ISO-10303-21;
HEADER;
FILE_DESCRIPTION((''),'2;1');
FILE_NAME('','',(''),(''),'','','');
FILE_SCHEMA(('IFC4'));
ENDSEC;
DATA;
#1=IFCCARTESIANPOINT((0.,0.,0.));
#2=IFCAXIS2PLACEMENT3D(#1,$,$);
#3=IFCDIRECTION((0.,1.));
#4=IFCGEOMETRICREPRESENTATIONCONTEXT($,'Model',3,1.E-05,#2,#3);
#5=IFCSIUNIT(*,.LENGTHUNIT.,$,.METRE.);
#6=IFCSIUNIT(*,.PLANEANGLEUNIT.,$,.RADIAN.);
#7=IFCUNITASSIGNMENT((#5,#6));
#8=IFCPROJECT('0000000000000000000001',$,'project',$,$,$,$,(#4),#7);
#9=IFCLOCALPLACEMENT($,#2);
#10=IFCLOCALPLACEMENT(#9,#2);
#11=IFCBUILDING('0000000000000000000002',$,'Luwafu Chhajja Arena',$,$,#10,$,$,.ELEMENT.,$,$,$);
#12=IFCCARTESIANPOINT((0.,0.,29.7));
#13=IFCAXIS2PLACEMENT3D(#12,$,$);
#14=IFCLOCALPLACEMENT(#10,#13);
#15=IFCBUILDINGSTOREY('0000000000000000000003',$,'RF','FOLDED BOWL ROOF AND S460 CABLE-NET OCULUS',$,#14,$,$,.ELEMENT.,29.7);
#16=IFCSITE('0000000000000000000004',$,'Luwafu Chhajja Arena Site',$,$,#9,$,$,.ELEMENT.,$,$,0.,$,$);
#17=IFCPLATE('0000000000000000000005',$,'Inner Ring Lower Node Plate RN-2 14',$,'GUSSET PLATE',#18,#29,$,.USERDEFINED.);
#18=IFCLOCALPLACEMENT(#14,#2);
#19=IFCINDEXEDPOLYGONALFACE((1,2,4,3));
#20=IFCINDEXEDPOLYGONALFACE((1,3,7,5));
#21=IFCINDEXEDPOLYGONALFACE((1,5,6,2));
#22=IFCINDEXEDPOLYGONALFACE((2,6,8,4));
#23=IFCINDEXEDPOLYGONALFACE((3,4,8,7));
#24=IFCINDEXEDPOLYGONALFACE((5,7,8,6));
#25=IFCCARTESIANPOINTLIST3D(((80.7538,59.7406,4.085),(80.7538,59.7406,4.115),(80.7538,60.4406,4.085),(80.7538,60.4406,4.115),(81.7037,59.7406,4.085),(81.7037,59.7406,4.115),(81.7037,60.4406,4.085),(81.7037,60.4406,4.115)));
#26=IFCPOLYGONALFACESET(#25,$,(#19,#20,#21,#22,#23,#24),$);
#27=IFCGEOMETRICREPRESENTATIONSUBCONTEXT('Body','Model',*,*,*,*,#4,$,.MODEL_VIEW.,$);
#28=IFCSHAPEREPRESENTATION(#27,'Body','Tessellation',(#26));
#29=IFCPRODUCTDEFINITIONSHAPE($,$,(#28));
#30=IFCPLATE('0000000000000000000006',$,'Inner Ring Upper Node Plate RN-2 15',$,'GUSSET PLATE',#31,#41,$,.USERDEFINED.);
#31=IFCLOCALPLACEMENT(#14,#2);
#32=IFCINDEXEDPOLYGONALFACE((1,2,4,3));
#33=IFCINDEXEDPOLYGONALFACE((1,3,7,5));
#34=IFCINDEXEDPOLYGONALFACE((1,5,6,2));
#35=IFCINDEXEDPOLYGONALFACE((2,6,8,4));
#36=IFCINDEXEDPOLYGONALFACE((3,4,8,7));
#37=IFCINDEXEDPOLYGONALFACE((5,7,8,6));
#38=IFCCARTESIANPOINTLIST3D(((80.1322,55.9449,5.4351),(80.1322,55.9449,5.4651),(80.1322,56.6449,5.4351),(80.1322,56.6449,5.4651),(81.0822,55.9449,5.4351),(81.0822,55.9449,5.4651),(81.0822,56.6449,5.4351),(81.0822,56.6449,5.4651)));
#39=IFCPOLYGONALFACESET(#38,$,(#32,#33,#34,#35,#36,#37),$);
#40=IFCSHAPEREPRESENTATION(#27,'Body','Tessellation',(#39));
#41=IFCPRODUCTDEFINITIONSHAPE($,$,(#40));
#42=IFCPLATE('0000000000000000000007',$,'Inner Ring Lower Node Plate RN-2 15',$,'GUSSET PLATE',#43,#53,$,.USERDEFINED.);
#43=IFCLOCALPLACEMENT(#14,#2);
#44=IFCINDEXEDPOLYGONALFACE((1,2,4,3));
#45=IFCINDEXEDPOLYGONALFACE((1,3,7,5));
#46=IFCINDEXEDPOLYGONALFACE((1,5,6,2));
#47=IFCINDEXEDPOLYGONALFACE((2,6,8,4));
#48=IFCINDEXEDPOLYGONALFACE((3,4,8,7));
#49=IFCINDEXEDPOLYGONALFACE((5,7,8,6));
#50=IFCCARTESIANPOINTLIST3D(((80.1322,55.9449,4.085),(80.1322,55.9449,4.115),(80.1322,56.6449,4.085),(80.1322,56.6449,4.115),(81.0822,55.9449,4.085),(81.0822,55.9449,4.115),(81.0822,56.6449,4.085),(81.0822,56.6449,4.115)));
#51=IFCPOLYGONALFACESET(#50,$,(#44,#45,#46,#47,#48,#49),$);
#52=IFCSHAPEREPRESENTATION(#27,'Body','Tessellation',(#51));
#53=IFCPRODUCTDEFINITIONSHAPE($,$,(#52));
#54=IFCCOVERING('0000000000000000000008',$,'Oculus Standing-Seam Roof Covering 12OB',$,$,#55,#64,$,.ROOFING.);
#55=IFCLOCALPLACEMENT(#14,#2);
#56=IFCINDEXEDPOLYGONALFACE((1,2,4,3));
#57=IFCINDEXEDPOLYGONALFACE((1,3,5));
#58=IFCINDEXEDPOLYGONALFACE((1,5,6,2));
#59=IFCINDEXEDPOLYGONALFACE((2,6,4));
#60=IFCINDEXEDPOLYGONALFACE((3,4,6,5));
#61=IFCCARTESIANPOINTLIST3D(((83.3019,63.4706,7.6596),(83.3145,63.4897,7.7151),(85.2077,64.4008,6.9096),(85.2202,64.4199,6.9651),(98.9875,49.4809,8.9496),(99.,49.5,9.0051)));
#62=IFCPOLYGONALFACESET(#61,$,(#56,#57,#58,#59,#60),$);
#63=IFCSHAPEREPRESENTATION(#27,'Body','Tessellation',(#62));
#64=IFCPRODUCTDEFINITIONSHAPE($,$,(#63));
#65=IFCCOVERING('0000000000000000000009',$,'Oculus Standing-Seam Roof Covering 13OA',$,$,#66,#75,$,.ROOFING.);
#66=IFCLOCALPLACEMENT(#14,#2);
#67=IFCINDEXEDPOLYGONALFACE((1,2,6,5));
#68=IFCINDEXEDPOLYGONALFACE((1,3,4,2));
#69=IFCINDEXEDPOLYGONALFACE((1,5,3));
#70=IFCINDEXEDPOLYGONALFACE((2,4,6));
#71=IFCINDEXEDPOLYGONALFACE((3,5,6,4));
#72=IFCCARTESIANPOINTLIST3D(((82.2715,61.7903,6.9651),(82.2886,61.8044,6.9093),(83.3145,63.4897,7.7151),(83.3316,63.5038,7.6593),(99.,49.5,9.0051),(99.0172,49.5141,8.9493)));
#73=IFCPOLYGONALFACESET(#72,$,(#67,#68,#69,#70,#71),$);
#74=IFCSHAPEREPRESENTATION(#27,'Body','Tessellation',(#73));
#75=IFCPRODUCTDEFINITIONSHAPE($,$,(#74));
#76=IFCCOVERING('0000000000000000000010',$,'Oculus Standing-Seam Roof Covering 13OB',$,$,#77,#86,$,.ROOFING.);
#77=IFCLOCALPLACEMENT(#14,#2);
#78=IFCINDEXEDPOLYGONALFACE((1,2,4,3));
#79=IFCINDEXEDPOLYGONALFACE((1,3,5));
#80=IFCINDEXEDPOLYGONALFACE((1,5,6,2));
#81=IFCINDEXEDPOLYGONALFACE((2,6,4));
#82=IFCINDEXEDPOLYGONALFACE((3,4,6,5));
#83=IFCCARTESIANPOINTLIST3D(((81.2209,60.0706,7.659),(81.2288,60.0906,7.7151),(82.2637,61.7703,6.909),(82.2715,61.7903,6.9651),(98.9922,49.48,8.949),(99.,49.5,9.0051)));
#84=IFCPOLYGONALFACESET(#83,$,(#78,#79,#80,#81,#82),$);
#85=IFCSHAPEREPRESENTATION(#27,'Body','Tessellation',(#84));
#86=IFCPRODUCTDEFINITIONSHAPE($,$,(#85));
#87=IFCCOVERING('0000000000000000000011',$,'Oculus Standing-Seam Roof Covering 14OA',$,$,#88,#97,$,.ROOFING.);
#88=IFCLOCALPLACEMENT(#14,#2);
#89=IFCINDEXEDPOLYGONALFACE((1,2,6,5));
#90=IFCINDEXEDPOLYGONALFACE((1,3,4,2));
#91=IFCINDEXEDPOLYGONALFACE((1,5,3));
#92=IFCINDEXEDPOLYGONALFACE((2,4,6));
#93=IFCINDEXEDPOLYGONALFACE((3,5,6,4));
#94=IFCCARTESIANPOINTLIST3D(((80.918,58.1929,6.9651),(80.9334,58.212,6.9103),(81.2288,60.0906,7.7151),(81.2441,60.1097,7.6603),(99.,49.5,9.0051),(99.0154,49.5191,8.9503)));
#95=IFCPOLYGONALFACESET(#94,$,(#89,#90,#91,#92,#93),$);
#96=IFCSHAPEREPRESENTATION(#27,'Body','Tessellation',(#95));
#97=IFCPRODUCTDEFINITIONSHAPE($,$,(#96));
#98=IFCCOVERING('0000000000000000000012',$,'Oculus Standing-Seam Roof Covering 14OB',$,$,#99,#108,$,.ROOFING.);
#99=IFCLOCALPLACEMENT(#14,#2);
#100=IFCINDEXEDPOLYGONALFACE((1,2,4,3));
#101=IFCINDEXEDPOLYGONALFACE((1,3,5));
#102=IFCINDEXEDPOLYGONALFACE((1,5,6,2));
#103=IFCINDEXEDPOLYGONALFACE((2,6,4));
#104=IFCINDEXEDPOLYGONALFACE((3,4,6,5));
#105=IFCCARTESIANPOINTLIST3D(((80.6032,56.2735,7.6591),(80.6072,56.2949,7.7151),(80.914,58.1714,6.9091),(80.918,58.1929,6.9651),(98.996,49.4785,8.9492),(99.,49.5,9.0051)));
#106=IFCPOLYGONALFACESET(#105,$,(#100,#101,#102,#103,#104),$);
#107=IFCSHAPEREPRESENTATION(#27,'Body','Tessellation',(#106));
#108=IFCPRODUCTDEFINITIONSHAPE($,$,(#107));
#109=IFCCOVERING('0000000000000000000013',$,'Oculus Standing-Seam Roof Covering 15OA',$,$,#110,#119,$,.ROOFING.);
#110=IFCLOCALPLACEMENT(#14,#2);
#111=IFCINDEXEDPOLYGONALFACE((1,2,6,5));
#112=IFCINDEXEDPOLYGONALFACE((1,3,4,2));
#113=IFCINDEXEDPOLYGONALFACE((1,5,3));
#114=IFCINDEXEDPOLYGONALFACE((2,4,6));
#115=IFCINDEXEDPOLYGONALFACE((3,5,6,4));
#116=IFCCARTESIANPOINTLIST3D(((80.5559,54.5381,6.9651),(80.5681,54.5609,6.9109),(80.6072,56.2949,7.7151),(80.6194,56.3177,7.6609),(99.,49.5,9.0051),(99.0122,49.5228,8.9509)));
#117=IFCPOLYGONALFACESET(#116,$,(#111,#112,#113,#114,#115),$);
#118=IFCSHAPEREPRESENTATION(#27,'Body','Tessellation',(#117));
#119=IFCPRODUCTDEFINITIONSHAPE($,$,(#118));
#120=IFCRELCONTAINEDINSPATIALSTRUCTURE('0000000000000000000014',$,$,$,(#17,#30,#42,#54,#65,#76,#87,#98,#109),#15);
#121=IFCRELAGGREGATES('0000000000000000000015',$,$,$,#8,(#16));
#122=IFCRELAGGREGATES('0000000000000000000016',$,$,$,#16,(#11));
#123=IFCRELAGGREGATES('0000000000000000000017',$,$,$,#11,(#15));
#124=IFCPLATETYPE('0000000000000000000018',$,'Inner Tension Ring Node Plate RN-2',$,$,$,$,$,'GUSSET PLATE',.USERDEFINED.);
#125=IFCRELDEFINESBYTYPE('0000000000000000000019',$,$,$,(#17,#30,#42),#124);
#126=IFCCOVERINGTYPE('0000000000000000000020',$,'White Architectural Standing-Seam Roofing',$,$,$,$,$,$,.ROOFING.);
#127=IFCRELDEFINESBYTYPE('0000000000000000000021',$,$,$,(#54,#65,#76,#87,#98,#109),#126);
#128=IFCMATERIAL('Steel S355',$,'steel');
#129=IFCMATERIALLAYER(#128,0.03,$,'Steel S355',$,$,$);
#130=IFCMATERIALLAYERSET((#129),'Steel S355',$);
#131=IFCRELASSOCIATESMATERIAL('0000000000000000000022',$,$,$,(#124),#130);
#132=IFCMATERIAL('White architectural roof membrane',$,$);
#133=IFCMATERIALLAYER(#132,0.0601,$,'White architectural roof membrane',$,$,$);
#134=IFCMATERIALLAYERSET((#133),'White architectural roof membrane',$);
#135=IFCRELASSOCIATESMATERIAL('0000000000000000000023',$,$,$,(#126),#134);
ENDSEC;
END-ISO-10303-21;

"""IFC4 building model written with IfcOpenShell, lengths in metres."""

from ifc_helpers import new_model, si_unit, direction, frame, origin, origin_2d, place, context, subcontext, project, spatial, polyline, rectangle, outline, extrude, material, layer, layer_set, type_object, element, save


model = new_model("IFC4")

# Units and contexts
model_context = context("Model", 3, precision=1e-05, world=origin(), true_north=direction((0.0, 1.0)))
body_context = subcontext(model_context, "Body", "Model", "MODEL_VIEW")
ifc_project = project(units=[si_unit("LENGTHUNIT", "METRE"), si_unit("PLANEANGLEUNIT", "RADIAN")], contexts=[model_context])

# Site, building, storey
site_placement = place(None, origin())
site = spatial("IfcSite", under=ifc_project, at=site_placement, Name="Luwafu Chhajja Arena Site", CompositionType="ELEMENT", RefElevation=0.0)
building_placement = place(site_placement, origin())
building = spatial("IfcBuilding", under=site, at=building_placement, Name="Luwafu Chhajja Arena", CompositionType="ELEMENT")
storey_placement = place(building_placement, frame((0.0, 0.0, 29.7)))
storey = spatial("IfcBuildingStorey", under=building, at=storey_placement, Name="RF", Description="FOLDED BOWL ROOF AND S460 CABLE-NET OCULUS", CompositionType="ELEMENT", Elevation=29.7)

# Shared definitions
ifc_material_1 = material(Name="Steel S355", Category="steel")

# Plates
ifc_layer_1 = layer(ifc_material_1, 0.03, Name="Steel S355")
ifc_layer_set_1 = layer_set([ifc_layer_1], Name="Steel S355")
plate_type = type_object("IfcPlateType", Name="Inner Tension Ring Node Plate RN-2", ElementType="GUSSET PLATE", PredefinedType="USERDEFINED", material=ifc_layer_set_1)
for number, where, z_axis, x_axis, name in (
    (1, (81.2288, 60.0906, 4.085), (0.0, 0.0, 1.0), (1.0, 0.0, 0.0), "Inner Ring Lower Node Plate RN-2 14"),
    (2, (80.6072, 56.2949, 5.4351), (0.0, 0.0, 1.0), (1.0, 0.0, 0.0), "Inner Ring Upper Node Plate RN-2 15"),
    (3, (80.6072, 56.2949, 4.085), (0.0, 0.0, 1.0), (1.0, 0.0, 0.0), "Inner Ring Lower Node Plate RN-2 15"),
):
    element("IfcPlate", number, at=place(storey_placement, frame(where, z_axis=z_axis, x_axis=x_axis)), inside=storey, type_object=plate_type, Name=name, ObjectType="GUSSET PLATE", PredefinedType="USERDEFINED", context=body_context, shape_type="SweptSolid", body=[
        extrude(rectangle(XDim=0.95, YDim=0.7, at=origin_2d()), origin(), (0.0, 0.0, 1.0), 0.03),
    ])

# Coverings
ifc_material_2 = material(Name="White architectural roof membrane")
ifc_layer_2 = layer(ifc_material_2, 0.0601, Name="White architectural roof membrane")
ifc_layer_set_2 = layer_set([ifc_layer_2], Name="White architectural roof membrane")
covering_type = type_object("IfcCoveringType", Name="White Architectural Standing-Seam Roofing", PredefinedType="ROOFING", material=ifc_layer_set_2)
covering_1_placement = place(storey_placement, frame((85.2202, 64.4199, 6.9651), z_axis=(0.208288, 0.318801, 0.924652), x_axis=(-0.847243, -0.413528, 0.333427)))
element("IfcCovering", 4, at=covering_1_placement, inside=storey, type_object=covering_type, Name="Oculus Standing-Seam Roof Covering 12OB", PredefinedType="ROOFING", context=body_context, shape_type="SweptSolid", body=[
    extrude(outline(polyline([(0.0, 0.0), (2.2494, 0.0), (-4.8248, 19.8335), (0.0, 0.0)])), origin(), (0.0, 0.0, -1.0), 0.0601),
])
covering_2_placement = place(storey_placement, frame((83.3145, 63.4897, 7.7151), z_axis=(-0.285729, -0.234686, 0.929129), x_axis=(-0.489573, -0.797733, -0.352052)))
element("IfcCovering", 5, at=covering_2_placement, inside=storey, type_object=covering_type, Name="Oculus Standing-Seam Roof Covering 13OA", PredefinedType="ROOFING", context=body_context, shape_type="SweptSolid", body=[
    extrude(outline(polyline([(0.0, 0.0), (2.1304, 0.0), (3.0267, 20.8387), (0.0, 0.0)])), origin(), (0.0, 0.0, -1.0), 0.0601),
])
covering_3_placement = place(storey_placement, frame((82.2715, 61.7903, 6.9651), z_axis=(0.130222, 0.332304, 0.934139), x_axis=(-0.489441, -0.797819, 0.35204)))
element("IfcCovering", 6, at=covering_3_placement, inside=storey, type_object=covering_type, Name="Oculus Standing-Seam Roof Covering 13OB", PredefinedType="ROOFING", context=body_context, shape_type="SweptSolid", body=[
    extrude(outline(polyline([(0.0, 0.0), (2.1304, 0.0), (2.336, 20.7268), (0.0, 0.0)])), origin(), (0.0, 0.0, -1.0), 0.0601),
])
covering_4_placement = place(storey_placement, frame((81.2288, 60.0906, 7.7151), z_axis=(-0.256177, -0.318709, 0.912578), x_axis=(-0.150572, -0.919401, -0.36336)))
element("IfcCovering", 7, at=covering_4_placement, inside=storey, type_object=covering_type, Name="Oculus Standing-Seam Roof Covering 14OA", PredefinedType="ROOFING", context=body_context, shape_type="SweptSolid", body=[
    extrude(outline(polyline([(0.0, 0.0), (2.0641, 0.0), (6.5924, 19.6515), (0.0, 0.0)])), origin(), (0.0, 0.0, -1.0), 0.0601),
])
covering_5_placement = place(storey_placement, frame((80.918, 58.1929, 6.9651), z_axis=(0.066632, 0.357237, 0.931634), x_axis=(-0.150556, -0.919419, 0.363321)))
element("IfcCovering", 8, at=covering_5_placement, inside=storey, type_object=covering_type, Name="Oculus Standing-Seam Roof Covering 14OB", PredefinedType="ROOFING", context=body_context, shape_type="SweptSolid", body=[
    extrude(outline(polyline([(0.0, 0.0), (2.0643, 0.0), (6.0112, 19.2497), (0.0, 0.0)])), origin(), (0.0, 0.0, -1.0), 0.0601),
])
covering_6_placement = place(storey_placement, frame((80.6072, 56.2949, 7.7151), z_axis=(-0.203463, -0.379382, 0.902592), x_axis=(-0.02683, -0.919368, -0.392482)))
element("IfcCovering", 9, at=covering_6_placement, inside=storey, type_object=covering_type, Name="Oculus Standing-Seam Roof Covering 15OA", PredefinedType="ROOFING", context=body_context, shape_type="SweptSolid", body=[
    extrude(outline(polyline([(0.0, 0.0), (1.9109, 0.0), (5.2472, 18.9367), (0.0, 0.0)])), origin(), (0.0, 0.0, -1.0), 0.0601),
])

save(model, "model.ifc")
